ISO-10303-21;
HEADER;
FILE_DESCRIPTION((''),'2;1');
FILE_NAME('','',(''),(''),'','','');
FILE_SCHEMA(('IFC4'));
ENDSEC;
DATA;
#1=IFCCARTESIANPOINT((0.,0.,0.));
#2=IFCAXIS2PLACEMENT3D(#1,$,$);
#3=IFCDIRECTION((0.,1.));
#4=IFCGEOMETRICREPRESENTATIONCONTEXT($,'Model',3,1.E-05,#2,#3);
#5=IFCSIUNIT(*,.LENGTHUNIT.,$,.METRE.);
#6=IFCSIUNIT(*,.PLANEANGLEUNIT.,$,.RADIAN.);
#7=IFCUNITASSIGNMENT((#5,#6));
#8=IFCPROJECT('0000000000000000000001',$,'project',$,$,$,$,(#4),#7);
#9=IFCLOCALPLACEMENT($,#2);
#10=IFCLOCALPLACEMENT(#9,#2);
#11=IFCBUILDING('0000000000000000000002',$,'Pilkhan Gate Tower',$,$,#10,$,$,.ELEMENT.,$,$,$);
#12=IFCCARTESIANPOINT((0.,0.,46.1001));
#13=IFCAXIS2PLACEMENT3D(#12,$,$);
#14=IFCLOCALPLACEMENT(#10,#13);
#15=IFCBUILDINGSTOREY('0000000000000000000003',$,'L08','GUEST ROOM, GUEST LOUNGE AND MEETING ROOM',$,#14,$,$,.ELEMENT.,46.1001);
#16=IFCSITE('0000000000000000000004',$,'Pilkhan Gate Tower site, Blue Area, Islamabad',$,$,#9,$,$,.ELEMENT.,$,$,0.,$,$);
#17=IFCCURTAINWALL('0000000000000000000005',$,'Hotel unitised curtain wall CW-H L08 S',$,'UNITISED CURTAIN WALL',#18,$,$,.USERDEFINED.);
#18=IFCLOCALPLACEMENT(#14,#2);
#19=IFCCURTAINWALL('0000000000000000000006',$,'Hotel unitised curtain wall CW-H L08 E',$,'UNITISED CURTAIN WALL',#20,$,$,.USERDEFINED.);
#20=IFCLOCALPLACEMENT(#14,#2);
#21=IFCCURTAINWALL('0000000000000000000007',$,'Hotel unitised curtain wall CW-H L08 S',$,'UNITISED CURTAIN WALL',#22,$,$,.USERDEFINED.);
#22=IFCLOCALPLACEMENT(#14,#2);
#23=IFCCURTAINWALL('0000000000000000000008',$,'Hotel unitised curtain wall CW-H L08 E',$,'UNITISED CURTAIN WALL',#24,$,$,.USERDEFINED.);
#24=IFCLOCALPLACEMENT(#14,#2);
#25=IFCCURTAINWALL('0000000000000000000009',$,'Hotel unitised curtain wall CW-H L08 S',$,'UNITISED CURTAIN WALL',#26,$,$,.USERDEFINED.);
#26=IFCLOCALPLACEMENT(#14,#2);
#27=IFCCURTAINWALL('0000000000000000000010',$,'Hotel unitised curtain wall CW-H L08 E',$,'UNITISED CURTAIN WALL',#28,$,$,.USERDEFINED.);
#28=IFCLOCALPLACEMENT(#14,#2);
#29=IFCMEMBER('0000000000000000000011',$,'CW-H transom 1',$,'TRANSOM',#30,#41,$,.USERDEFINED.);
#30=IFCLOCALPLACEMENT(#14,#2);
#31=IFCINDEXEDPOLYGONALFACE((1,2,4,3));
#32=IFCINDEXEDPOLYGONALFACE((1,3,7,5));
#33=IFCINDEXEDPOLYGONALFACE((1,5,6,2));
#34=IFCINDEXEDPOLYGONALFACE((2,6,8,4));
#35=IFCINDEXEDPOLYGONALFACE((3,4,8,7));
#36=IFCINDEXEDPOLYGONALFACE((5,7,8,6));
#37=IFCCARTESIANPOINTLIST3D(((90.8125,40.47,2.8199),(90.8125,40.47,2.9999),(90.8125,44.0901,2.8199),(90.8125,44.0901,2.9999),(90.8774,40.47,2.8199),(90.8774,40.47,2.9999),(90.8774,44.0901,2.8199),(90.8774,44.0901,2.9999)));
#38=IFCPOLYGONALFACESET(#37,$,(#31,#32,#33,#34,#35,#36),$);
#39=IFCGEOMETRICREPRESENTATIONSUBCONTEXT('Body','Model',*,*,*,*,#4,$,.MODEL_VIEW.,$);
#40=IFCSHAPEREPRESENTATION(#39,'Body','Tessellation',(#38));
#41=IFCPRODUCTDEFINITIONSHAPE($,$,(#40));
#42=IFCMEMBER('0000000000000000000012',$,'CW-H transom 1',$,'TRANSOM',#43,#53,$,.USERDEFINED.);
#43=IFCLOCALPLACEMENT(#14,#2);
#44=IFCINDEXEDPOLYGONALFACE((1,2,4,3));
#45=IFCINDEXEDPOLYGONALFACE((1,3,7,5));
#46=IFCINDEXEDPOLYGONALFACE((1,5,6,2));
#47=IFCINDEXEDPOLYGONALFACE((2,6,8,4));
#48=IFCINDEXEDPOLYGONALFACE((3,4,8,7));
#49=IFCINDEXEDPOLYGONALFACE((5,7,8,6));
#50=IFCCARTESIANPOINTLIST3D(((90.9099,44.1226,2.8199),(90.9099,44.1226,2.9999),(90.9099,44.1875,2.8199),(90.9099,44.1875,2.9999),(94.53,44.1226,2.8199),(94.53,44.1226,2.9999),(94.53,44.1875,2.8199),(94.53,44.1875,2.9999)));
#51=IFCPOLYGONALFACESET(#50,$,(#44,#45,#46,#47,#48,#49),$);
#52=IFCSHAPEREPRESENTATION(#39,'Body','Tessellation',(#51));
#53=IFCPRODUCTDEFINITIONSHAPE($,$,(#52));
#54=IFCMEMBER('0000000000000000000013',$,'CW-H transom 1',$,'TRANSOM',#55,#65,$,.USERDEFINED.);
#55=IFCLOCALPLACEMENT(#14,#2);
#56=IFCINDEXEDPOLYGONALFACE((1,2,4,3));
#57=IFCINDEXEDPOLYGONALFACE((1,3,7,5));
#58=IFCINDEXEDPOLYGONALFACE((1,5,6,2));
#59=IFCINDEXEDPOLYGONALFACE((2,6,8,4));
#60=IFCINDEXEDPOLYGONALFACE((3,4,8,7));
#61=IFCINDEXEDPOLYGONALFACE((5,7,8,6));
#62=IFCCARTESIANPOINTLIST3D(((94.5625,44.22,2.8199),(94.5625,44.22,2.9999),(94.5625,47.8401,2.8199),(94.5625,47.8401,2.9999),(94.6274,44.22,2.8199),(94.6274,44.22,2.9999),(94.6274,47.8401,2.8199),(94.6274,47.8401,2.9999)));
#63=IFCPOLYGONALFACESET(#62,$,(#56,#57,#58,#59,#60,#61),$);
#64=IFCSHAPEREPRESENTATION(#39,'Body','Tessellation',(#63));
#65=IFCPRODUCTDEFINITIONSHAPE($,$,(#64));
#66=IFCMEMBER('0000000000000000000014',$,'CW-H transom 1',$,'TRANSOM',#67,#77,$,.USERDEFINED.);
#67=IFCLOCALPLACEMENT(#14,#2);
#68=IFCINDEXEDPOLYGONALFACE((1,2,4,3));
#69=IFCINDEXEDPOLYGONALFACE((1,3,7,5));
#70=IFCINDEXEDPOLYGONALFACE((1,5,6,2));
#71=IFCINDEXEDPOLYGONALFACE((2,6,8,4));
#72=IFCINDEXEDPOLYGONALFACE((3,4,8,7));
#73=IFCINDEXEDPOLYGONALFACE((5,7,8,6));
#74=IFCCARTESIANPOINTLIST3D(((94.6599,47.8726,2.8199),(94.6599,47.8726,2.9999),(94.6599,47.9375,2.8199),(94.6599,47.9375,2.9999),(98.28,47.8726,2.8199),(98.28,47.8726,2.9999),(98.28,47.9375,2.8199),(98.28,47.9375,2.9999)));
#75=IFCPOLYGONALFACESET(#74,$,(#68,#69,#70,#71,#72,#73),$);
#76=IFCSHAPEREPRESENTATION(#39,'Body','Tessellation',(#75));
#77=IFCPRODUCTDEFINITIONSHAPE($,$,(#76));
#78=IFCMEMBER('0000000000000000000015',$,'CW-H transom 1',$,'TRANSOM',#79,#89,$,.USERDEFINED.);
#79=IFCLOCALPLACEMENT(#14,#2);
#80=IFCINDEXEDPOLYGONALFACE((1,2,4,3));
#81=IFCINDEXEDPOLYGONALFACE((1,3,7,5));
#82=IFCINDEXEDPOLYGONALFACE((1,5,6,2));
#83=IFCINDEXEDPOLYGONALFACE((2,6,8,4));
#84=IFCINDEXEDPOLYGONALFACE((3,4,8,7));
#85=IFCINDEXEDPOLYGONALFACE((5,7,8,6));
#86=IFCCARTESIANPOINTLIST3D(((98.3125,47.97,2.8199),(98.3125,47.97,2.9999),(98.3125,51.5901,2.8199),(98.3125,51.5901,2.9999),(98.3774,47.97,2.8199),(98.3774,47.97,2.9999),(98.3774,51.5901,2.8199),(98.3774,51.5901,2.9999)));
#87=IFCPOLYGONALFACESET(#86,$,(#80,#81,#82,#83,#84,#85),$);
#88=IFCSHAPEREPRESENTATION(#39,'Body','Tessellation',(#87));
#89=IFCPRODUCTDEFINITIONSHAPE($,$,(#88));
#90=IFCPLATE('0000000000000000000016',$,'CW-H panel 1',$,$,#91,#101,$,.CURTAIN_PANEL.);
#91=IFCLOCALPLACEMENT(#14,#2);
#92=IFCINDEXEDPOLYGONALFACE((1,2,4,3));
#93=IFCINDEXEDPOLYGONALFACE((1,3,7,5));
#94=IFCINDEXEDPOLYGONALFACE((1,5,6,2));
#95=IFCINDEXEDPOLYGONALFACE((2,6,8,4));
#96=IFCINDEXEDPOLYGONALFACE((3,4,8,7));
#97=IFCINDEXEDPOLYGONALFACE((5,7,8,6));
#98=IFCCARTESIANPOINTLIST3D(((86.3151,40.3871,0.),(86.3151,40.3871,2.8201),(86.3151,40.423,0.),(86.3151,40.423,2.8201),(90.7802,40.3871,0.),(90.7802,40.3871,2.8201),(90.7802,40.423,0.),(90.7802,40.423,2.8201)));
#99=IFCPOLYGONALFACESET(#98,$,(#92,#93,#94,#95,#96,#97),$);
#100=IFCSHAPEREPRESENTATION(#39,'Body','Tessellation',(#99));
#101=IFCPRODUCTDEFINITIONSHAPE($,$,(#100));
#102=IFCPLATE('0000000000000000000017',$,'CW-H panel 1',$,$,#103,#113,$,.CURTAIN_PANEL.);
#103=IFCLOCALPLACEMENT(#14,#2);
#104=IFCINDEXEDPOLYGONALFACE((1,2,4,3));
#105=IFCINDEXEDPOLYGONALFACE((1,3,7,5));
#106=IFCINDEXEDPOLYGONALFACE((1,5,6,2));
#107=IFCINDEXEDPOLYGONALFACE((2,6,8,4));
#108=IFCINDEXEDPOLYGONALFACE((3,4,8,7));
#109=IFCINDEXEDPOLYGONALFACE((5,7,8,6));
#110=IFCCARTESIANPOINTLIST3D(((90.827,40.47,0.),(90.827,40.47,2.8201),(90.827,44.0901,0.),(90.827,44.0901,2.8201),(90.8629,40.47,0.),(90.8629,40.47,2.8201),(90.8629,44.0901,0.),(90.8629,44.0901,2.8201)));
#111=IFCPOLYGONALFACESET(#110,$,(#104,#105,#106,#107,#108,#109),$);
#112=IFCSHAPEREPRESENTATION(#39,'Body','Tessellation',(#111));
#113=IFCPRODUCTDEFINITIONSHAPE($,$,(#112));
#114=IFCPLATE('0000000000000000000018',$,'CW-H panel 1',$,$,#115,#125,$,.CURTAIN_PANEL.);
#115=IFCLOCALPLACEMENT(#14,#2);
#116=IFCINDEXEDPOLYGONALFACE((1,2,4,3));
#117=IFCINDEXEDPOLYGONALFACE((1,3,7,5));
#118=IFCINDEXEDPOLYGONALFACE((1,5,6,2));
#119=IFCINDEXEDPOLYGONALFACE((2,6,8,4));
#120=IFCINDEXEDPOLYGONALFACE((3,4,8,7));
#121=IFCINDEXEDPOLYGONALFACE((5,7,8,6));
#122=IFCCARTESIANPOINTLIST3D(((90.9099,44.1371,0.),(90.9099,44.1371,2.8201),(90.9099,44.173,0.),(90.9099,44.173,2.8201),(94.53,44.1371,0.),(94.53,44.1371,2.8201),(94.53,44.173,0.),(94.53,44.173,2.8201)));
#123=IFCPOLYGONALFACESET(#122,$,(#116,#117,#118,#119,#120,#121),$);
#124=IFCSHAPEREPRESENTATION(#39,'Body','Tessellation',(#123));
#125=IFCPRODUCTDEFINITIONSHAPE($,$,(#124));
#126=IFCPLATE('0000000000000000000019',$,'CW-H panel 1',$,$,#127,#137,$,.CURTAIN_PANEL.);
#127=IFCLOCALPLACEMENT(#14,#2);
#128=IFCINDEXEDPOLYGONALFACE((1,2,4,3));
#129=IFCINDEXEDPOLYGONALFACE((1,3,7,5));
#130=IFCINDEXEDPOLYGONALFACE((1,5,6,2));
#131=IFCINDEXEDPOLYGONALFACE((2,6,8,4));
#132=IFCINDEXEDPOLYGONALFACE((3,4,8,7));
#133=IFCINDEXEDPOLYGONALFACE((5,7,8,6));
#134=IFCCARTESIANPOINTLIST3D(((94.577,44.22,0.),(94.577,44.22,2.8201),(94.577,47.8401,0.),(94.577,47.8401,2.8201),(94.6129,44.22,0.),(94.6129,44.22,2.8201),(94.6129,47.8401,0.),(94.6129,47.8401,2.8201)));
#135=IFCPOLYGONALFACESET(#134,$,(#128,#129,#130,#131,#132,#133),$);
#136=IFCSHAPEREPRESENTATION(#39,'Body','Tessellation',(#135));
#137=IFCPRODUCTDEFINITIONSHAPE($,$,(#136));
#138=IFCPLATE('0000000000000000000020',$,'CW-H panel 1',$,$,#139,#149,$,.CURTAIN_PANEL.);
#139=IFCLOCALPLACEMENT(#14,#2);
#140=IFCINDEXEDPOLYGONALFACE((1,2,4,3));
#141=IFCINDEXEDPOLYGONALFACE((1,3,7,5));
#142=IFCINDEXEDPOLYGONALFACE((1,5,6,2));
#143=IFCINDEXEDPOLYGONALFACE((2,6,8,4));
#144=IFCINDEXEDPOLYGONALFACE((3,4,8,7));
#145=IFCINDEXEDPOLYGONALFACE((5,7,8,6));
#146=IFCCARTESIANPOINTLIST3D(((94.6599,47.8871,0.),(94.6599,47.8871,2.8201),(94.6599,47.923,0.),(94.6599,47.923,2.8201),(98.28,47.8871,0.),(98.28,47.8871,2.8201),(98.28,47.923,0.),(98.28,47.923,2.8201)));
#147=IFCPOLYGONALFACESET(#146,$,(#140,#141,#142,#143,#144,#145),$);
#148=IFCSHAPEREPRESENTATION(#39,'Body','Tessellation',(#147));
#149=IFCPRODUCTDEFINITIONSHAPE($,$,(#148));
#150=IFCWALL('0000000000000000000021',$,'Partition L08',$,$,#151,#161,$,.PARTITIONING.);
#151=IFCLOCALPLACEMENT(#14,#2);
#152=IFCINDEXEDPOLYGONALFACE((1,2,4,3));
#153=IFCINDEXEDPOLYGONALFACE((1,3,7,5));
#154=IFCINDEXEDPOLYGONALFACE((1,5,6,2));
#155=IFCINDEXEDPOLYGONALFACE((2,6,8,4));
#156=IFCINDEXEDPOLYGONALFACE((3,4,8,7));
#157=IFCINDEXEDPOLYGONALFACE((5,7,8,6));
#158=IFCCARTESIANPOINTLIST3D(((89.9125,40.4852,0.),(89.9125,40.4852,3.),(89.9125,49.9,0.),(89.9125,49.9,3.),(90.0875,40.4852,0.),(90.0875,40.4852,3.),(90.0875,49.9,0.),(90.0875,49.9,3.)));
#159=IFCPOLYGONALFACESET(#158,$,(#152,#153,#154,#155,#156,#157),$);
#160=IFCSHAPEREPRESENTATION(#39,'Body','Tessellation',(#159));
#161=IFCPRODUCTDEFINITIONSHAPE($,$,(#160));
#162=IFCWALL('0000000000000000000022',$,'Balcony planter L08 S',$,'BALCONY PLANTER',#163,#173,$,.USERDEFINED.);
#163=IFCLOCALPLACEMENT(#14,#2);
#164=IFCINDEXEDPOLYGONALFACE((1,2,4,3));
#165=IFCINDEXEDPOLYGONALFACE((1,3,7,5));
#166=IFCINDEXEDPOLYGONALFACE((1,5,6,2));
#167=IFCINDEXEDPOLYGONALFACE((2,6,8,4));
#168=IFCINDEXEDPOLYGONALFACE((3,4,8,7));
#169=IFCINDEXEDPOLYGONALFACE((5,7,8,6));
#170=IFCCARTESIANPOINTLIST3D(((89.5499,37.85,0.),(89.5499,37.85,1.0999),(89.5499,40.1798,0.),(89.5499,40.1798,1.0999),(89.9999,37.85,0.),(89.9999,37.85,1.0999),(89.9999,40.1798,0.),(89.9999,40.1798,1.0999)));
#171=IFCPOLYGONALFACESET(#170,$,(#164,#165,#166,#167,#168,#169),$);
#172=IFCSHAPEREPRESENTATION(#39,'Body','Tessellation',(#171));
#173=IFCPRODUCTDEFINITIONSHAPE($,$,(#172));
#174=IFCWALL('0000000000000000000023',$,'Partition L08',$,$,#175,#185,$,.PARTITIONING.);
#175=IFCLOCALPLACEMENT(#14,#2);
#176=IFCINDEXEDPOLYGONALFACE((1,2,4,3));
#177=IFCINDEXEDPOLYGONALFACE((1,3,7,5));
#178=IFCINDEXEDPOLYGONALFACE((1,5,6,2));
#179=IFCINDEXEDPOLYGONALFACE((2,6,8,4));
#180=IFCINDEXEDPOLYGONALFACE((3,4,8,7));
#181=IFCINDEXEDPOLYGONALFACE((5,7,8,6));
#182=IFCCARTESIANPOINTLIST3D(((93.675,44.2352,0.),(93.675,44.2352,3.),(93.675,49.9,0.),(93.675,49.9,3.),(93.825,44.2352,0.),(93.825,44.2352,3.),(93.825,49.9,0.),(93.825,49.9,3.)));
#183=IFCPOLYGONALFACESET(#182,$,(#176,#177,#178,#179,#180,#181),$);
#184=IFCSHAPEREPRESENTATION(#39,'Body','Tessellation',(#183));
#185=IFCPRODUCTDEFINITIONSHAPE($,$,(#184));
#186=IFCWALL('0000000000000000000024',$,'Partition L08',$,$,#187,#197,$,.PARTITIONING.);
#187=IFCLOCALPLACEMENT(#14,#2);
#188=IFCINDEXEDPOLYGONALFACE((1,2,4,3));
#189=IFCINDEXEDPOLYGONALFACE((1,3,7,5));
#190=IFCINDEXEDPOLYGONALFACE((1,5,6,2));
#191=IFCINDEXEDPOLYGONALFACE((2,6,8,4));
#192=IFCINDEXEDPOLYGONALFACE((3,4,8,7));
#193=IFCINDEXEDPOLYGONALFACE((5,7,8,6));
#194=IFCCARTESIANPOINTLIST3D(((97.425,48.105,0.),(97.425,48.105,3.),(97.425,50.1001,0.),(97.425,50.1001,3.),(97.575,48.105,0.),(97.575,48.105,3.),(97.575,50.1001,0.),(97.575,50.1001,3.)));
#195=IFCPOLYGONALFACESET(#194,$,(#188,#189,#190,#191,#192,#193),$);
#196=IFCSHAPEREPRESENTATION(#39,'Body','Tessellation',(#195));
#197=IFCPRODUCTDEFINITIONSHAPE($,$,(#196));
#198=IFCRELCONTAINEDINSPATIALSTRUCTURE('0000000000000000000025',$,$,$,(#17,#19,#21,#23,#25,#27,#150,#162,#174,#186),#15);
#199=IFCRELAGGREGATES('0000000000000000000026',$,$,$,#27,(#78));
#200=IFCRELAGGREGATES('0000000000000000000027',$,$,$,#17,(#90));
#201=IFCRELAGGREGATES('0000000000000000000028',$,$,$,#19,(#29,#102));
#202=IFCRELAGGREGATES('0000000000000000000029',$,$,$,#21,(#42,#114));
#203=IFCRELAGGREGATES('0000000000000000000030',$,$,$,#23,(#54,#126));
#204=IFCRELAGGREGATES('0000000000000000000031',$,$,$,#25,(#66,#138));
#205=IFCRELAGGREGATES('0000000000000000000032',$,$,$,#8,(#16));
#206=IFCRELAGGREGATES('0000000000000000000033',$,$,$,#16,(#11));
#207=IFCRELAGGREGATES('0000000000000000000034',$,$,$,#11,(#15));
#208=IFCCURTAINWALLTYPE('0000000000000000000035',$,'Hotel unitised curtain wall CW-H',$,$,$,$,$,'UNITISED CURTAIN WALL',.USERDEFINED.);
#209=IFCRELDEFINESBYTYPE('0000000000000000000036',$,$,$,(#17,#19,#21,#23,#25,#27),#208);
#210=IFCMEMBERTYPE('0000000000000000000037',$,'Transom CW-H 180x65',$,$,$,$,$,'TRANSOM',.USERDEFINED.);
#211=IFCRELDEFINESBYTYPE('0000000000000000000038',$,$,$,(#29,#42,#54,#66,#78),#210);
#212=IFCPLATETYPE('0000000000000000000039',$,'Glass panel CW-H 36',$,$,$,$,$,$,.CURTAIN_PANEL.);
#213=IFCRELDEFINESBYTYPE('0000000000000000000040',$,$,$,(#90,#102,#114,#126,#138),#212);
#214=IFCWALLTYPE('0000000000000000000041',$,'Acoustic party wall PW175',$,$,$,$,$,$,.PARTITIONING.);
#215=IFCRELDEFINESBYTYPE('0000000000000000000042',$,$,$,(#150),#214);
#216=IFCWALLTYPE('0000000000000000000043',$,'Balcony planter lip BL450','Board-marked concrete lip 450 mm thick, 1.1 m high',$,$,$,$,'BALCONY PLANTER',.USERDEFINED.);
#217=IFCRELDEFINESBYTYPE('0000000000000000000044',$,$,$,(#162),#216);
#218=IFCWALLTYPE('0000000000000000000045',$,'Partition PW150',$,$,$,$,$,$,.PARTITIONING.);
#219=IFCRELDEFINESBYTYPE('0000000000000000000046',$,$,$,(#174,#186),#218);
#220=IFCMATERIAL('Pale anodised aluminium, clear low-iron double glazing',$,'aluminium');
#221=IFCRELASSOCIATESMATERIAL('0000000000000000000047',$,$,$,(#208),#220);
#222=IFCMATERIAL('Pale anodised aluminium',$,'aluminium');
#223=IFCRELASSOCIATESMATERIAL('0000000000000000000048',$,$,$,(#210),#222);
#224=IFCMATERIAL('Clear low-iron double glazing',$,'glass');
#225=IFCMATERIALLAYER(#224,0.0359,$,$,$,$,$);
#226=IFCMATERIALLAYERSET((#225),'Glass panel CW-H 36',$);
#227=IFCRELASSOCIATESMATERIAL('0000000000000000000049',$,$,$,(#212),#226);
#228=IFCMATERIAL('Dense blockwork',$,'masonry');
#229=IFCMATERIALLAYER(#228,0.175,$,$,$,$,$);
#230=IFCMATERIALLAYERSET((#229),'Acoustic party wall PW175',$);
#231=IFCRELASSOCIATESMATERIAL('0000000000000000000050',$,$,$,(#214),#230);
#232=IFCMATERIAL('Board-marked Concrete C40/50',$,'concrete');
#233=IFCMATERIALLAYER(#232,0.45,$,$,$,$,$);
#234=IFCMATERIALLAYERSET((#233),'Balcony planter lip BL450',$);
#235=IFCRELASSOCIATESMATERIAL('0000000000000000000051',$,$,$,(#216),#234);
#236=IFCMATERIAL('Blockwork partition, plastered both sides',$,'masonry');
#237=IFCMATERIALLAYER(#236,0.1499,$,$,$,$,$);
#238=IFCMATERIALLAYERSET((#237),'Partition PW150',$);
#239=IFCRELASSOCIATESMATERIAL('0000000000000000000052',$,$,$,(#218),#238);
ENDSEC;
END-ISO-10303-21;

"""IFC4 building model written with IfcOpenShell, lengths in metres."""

from ifc_helpers import new_model, si_unit, direction, frame, frame_2d, origin, origin_2d, place, context, subcontext, project, spatial, rectangle, extrude, material, layer, layer_set, material_profile, profile_set, type_object, element, aggregate, save


model = new_model("IFC4")

# Units and contexts
model_context = context("Model", 3, precision=1e-05, world=origin(), true_north=direction((0.0, 1.0)))
body_context = subcontext(model_context, "Body", "Model", "MODEL_VIEW")
ifc_project = project(units=[si_unit("LENGTHUNIT", "METRE"), si_unit("PLANEANGLEUNIT", "RADIAN")], contexts=[model_context])

# Site, building, storey
site_placement = place(None, origin())
site = spatial("IfcSite", under=ifc_project, at=site_placement, Name="Pilkhan Gate Tower site, Blue Area, Islamabad", CompositionType="ELEMENT", RefElevation=0.0)
building_placement = place(site_placement, origin())
building = spatial("IfcBuilding", under=site, at=building_placement, Name="Pilkhan Gate Tower", CompositionType="ELEMENT")
storey_placement = place(building_placement, frame((0.0, 0.0, 46.1001)))
storey = spatial("IfcBuildingStorey", under=building, at=storey_placement, Name="L08", Description="GUEST ROOM, GUEST LOUNGE AND MEETING ROOM", CompositionType="ELEMENT", Elevation=46.1001)

# Curtain wall
ifc_material_1 = material(Name="Pale anodised aluminium, clear low-iron double glazing", Category="aluminium")
curtain_wall_type = type_object("IfcCurtainWallType", Name="Hotel unitised curtain wall CW-H", ElementType="UNITISED CURTAIN WALL", PredefinedType="USERDEFINED", material=ifc_material_1)
curtain_wall_1_placement = place(storey_placement, origin())
curtain_wall_1 = element("IfcCurtainWall", 1, at=curtain_wall_1_placement, inside=storey, type_object=curtain_wall_type, Name="Hotel unitised curtain wall CW-H L08 S", ObjectType="UNITISED CURTAIN WALL", PredefinedType="USERDEFINED")
ifc_material_2 = material(Name="Pale anodised aluminium", Category="aluminium")

# Curtain walls
curtain_wall_2_placement = place(storey_placement, origin())
curtain_wall_2 = element("IfcCurtainWall", 2, at=curtain_wall_2_placement, inside=storey, type_object=curtain_wall_type, Name="Hotel unitised curtain wall CW-H L08 E", ObjectType="UNITISED CURTAIN WALL", PredefinedType="USERDEFINED")
curtain_wall_3_placement = place(storey_placement, origin())
curtain_wall_3 = element("IfcCurtainWall", 3, at=curtain_wall_3_placement, inside=storey, type_object=curtain_wall_type, Name="Hotel unitised curtain wall CW-H L08 S", ObjectType="UNITISED CURTAIN WALL", PredefinedType="USERDEFINED")
curtain_wall_4_placement = place(storey_placement, origin())
curtain_wall_4 = element("IfcCurtainWall", 4, at=curtain_wall_4_placement, inside=storey, type_object=curtain_wall_type, Name="Hotel unitised curtain wall CW-H L08 E", ObjectType="UNITISED CURTAIN WALL", PredefinedType="USERDEFINED")
curtain_wall_5_placement = place(storey_placement, origin())
curtain_wall_5 = element("IfcCurtainWall", 5, at=curtain_wall_5_placement, inside=storey, type_object=curtain_wall_type, Name="Hotel unitised curtain wall CW-H L08 S", ObjectType="UNITISED CURTAIN WALL", PredefinedType="USERDEFINED")

# Curtain wall
curtain_wall_6_placement = place(storey_placement, origin())
curtain_wall_6 = element("IfcCurtainWall", 6, at=curtain_wall_6_placement, inside=storey, type_object=curtain_wall_type, Name="Hotel unitised curtain wall CW-H L08 E", ObjectType="UNITISED CURTAIN WALL", PredefinedType="USERDEFINED")

# Members
ifc_material_profile_1 = material_profile(ifc_material_2, rectangle(XDim=0.0649, YDim=0.1799, at=origin_2d()), Name="Transom 180x65")
ifc_profile_set_1 = profile_set([ifc_material_profile_1], Name="Pale anodised aluminium")
member_type_1 = type_object("IfcMemberType", Name="Transom CW-H 180x65", ElementType="TRANSOM", PredefinedType="USERDEFINED", material=ifc_profile_set_1)
member_1_placement = place(storey_placement, frame((90.845, 40.47, 2.9099), z_axis=(0.0, 1.0, 0.0), x_axis=(-1.0, 0.0, 0.0)))
member_1 = element("IfcMember", 7, at=member_1_placement, type_object=member_type_1, Name="CW-H transom 1", ObjectType="TRANSOM", PredefinedType="USERDEFINED", context=body_context, shape_type="SweptSolid", body=[
    extrude(rectangle(XDim=0.0649, YDim=0.1799, at=origin_2d()), origin(), (0.0, 0.0, 1.0), 3.6201),
])
member_2_placement = place(storey_placement, frame((90.9099, 44.155, 2.9099), z_axis=(1.0, 0.0, 0.0), x_axis=(0.0, 1.0, 0.0)))
member_2 = element("IfcMember", 8, at=member_2_placement, type_object=member_type_1, Name="CW-H transom 1", ObjectType="TRANSOM", PredefinedType="USERDEFINED", context=body_context, shape_type="SweptSolid", body=[
    extrude(rectangle(XDim=0.0649, YDim=0.1799, at=origin_2d()), origin(), (0.0, 0.0, 1.0), 3.6201),
])
member_3_placement = place(storey_placement, frame((94.595, 44.22, 2.9099), z_axis=(0.0, 1.0, 0.0), x_axis=(-1.0, 0.0, 0.0)))
member_3 = element("IfcMember", 9, at=member_3_placement, type_object=member_type_1, Name="CW-H transom 1", ObjectType="TRANSOM", PredefinedType="USERDEFINED", context=body_context, shape_type="SweptSolid", body=[
    extrude(rectangle(XDim=0.0649, YDim=0.1799, at=origin_2d()), origin(), (0.0, 0.0, 1.0), 3.6201),
])
member_4_placement = place(storey_placement, frame((94.6599, 47.905, 2.9099), z_axis=(1.0, 0.0, 0.0), x_axis=(0.0, 1.0, 0.0)))
member_4 = element("IfcMember", 10, at=member_4_placement, type_object=member_type_1, Name="CW-H transom 1", ObjectType="TRANSOM", PredefinedType="USERDEFINED", context=body_context, shape_type="SweptSolid", body=[
    extrude(rectangle(XDim=0.0649, YDim=0.1799, at=origin_2d()), origin(), (0.0, 0.0, 1.0), 3.6201),
])
member_5_placement = place(storey_placement, frame((98.345, 47.97, 2.9099), z_axis=(0.0, 1.0, 0.0), x_axis=(-1.0, 0.0, 0.0)))
member_5 = element("IfcMember", 11, at=member_5_placement, type_object=member_type_1, Name="CW-H transom 1", ObjectType="TRANSOM", PredefinedType="USERDEFINED", context=body_context, shape_type="SweptSolid", body=[
    extrude(rectangle(XDim=0.0649, YDim=0.1799, at=origin_2d()), origin(), (0.0, 0.0, 1.0), 3.6201),
])
aggregate(curtain_wall_6, [member_5])

# Plates
ifc_material_3 = material(Name="Clear low-iron double glazing", Category="glass")
ifc_layer_1 = layer(ifc_material_3, 0.0359)
ifc_layer_set_1 = layer_set([ifc_layer_1], Name="Glass panel CW-H 36")
plate_type = type_object("IfcPlateType", Name="Glass panel CW-H 36", PredefinedType="CURTAIN_PANEL", material=ifc_layer_set_1)
plate_1_placement = place(storey_placement, frame((88.5476, 40.405, 0.0), z_axis=(0.0, 0.0, 1.0), x_axis=(1.0, 0.0, 0.0)))
plate_1 = element("IfcPlate", 12, at=plate_1_placement, type_object=plate_type, Name="CW-H panel 1", PredefinedType="CURTAIN_PANEL", context=body_context, shape_type="SweptSolid", body=[
    extrude(rectangle(XDim=4.4651, YDim=0.0359, at=origin_2d()), origin(), (0.0, 0.0, 1.0), 2.8201),
])
aggregate(curtain_wall_1, [plate_1])
plate_2_placement = place(storey_placement, frame((90.845, 42.28, 0.0), z_axis=(0.0, 0.0, 1.0), x_axis=(0.0, 1.0, 0.0)))
plate_2 = element("IfcPlate", 13, at=plate_2_placement, type_object=plate_type, Name="CW-H panel 1", PredefinedType="CURTAIN_PANEL", context=body_context, shape_type="SweptSolid", body=[
    extrude(rectangle(XDim=3.6201, YDim=0.0359, at=origin_2d()), origin(), (0.0, 0.0, 1.0), 2.8201),
])
aggregate(curtain_wall_2, [member_1, plate_2])
plate_3_placement = place(storey_placement, frame((92.72, 44.155, 0.0), z_axis=(0.0, 0.0, 1.0), x_axis=(1.0, 0.0, 0.0)))
plate_3 = element("IfcPlate", 14, at=plate_3_placement, type_object=plate_type, Name="CW-H panel 1", PredefinedType="CURTAIN_PANEL", context=body_context, shape_type="SweptSolid", body=[
    extrude(rectangle(XDim=3.6201, YDim=0.0359, at=origin_2d()), origin(), (0.0, 0.0, 1.0), 2.8201),
])
aggregate(curtain_wall_3, [member_2, plate_3])
plate_4_placement = place(storey_placement, frame((94.595, 46.03, 0.0), z_axis=(0.0, 0.0, 1.0), x_axis=(0.0, 1.0, 0.0)))
plate_4 = element("IfcPlate", 15, at=plate_4_placement, type_object=plate_type, Name="CW-H panel 1", PredefinedType="CURTAIN_PANEL", context=body_context, shape_type="SweptSolid", body=[
    extrude(rectangle(XDim=3.6201, YDim=0.0359, at=origin_2d()), origin(), (0.0, 0.0, 1.0), 2.8201),
])
aggregate(curtain_wall_4, [member_3, plate_4])
plate_5_placement = place(storey_placement, frame((96.47, 47.905, 0.0), z_axis=(0.0, 0.0, 1.0), x_axis=(1.0, 0.0, 0.0)))
plate_5 = element("IfcPlate", 16, at=plate_5_placement, type_object=plate_type, Name="CW-H panel 1", PredefinedType="CURTAIN_PANEL", context=body_context, shape_type="SweptSolid", body=[
    extrude(rectangle(XDim=3.6201, YDim=0.0359, at=origin_2d()), origin(), (0.0, 0.0, 1.0), 2.8201),
])
aggregate(curtain_wall_5, [member_4, plate_5])

# Walls
ifc_material_4 = material(Name="Dense blockwork", Category="masonry")
ifc_layer_2 = layer(ifc_material_4, 0.175)
ifc_layer_set_2 = layer_set([ifc_layer_2], Name="Acoustic party wall PW175")
wall_type_1 = type_object("IfcWallType", Name="Acoustic party wall PW175", PredefinedType="PARTITIONING", material=ifc_layer_set_2)
wall_1_placement = place(storey_placement, frame((90.0, 40.4851, 0.0), z_axis=(0.0, 0.0, 1.0), x_axis=(0.0, 1.0, 0.0)))
element("IfcWall", 17, at=wall_1_placement, inside=storey, type_object=wall_type_1, Name="Partition L08", PredefinedType="PARTITIONING", context=body_context, shape_type="SweptSolid", body=[
    extrude(rectangle(XDim=9.4148, YDim=0.175, at=frame_2d((4.7075, 0.0))), origin(), (0.0, 0.0, 1.0), 3.0),
])
ifc_material_5 = material(Name="Board-marked Concrete C40/50", Category="concrete")
ifc_layer_3 = layer(ifc_material_5, 0.45)
ifc_layer_set_3 = layer_set([ifc_layer_3], Name="Balcony planter lip BL450")
wall_type_2 = type_object("IfcWallType", Name="Balcony planter lip BL450", Description="Board-marked concrete lip 450 mm thick, 1.1 m high", ElementType="BALCONY PLANTER", PredefinedType="USERDEFINED", material=ifc_layer_set_3)
wall_2_placement = place(storey_placement, frame((89.7749, 40.1799, 0.0), z_axis=(0.0, 0.0, 1.0), x_axis=(0.0, -1.0, 0.0)))
element("IfcWall", 18, at=wall_2_placement, inside=storey, type_object=wall_type_2, Name="Balcony planter L08 S", ObjectType="BALCONY PLANTER", PredefinedType="USERDEFINED", context=body_context, shape_type="SweptSolid", body=[
    extrude(rectangle(XDim=2.3298, YDim=0.45, at=frame_2d((1.165, 0.0))), origin(), (0.0, 0.0, 1.0), 1.0999),
])
ifc_material_6 = material(Name="Blockwork partition, plastered both sides", Category="masonry")
ifc_layer_4 = layer(ifc_material_6, 0.1499)
ifc_layer_set_4 = layer_set([ifc_layer_4], Name="Partition PW150")
wall_type_3 = type_object("IfcWallType", Name="Partition PW150", PredefinedType="PARTITIONING", material=ifc_layer_set_4)
wall_3_placement = place(storey_placement, frame((93.75, 44.2351, 0.0), z_axis=(0.0, 0.0, 1.0), x_axis=(0.0, 1.0, 0.0)))
element("IfcWall", 19, at=wall_3_placement, inside=storey, type_object=wall_type_3, Name="Partition L08", PredefinedType="PARTITIONING", context=body_context, shape_type="SweptSolid", body=[
    extrude(rectangle(XDim=5.6648, YDim=0.1499, at=frame_2d((2.8325, 0.0))), origin(), (0.0, 0.0, 1.0), 3.0),
])
wall_4_placement = place(storey_placement, frame((97.5, 48.105, 0.0), z_axis=(0.0, 0.0, 1.0), x_axis=(0.0, 1.0, 0.0)))
element("IfcWall", 20, at=wall_4_placement, inside=storey, type_object=wall_type_3, Name="Partition L08", PredefinedType="PARTITIONING", context=body_context, shape_type="SweptSolid", body=[
    extrude(rectangle(XDim=1.9951, YDim=0.1499, at=frame_2d((0.9976, 0.0))), origin(), (0.0, 0.0, 1.0), 3.0),
])

save(model, "model.ifc")
